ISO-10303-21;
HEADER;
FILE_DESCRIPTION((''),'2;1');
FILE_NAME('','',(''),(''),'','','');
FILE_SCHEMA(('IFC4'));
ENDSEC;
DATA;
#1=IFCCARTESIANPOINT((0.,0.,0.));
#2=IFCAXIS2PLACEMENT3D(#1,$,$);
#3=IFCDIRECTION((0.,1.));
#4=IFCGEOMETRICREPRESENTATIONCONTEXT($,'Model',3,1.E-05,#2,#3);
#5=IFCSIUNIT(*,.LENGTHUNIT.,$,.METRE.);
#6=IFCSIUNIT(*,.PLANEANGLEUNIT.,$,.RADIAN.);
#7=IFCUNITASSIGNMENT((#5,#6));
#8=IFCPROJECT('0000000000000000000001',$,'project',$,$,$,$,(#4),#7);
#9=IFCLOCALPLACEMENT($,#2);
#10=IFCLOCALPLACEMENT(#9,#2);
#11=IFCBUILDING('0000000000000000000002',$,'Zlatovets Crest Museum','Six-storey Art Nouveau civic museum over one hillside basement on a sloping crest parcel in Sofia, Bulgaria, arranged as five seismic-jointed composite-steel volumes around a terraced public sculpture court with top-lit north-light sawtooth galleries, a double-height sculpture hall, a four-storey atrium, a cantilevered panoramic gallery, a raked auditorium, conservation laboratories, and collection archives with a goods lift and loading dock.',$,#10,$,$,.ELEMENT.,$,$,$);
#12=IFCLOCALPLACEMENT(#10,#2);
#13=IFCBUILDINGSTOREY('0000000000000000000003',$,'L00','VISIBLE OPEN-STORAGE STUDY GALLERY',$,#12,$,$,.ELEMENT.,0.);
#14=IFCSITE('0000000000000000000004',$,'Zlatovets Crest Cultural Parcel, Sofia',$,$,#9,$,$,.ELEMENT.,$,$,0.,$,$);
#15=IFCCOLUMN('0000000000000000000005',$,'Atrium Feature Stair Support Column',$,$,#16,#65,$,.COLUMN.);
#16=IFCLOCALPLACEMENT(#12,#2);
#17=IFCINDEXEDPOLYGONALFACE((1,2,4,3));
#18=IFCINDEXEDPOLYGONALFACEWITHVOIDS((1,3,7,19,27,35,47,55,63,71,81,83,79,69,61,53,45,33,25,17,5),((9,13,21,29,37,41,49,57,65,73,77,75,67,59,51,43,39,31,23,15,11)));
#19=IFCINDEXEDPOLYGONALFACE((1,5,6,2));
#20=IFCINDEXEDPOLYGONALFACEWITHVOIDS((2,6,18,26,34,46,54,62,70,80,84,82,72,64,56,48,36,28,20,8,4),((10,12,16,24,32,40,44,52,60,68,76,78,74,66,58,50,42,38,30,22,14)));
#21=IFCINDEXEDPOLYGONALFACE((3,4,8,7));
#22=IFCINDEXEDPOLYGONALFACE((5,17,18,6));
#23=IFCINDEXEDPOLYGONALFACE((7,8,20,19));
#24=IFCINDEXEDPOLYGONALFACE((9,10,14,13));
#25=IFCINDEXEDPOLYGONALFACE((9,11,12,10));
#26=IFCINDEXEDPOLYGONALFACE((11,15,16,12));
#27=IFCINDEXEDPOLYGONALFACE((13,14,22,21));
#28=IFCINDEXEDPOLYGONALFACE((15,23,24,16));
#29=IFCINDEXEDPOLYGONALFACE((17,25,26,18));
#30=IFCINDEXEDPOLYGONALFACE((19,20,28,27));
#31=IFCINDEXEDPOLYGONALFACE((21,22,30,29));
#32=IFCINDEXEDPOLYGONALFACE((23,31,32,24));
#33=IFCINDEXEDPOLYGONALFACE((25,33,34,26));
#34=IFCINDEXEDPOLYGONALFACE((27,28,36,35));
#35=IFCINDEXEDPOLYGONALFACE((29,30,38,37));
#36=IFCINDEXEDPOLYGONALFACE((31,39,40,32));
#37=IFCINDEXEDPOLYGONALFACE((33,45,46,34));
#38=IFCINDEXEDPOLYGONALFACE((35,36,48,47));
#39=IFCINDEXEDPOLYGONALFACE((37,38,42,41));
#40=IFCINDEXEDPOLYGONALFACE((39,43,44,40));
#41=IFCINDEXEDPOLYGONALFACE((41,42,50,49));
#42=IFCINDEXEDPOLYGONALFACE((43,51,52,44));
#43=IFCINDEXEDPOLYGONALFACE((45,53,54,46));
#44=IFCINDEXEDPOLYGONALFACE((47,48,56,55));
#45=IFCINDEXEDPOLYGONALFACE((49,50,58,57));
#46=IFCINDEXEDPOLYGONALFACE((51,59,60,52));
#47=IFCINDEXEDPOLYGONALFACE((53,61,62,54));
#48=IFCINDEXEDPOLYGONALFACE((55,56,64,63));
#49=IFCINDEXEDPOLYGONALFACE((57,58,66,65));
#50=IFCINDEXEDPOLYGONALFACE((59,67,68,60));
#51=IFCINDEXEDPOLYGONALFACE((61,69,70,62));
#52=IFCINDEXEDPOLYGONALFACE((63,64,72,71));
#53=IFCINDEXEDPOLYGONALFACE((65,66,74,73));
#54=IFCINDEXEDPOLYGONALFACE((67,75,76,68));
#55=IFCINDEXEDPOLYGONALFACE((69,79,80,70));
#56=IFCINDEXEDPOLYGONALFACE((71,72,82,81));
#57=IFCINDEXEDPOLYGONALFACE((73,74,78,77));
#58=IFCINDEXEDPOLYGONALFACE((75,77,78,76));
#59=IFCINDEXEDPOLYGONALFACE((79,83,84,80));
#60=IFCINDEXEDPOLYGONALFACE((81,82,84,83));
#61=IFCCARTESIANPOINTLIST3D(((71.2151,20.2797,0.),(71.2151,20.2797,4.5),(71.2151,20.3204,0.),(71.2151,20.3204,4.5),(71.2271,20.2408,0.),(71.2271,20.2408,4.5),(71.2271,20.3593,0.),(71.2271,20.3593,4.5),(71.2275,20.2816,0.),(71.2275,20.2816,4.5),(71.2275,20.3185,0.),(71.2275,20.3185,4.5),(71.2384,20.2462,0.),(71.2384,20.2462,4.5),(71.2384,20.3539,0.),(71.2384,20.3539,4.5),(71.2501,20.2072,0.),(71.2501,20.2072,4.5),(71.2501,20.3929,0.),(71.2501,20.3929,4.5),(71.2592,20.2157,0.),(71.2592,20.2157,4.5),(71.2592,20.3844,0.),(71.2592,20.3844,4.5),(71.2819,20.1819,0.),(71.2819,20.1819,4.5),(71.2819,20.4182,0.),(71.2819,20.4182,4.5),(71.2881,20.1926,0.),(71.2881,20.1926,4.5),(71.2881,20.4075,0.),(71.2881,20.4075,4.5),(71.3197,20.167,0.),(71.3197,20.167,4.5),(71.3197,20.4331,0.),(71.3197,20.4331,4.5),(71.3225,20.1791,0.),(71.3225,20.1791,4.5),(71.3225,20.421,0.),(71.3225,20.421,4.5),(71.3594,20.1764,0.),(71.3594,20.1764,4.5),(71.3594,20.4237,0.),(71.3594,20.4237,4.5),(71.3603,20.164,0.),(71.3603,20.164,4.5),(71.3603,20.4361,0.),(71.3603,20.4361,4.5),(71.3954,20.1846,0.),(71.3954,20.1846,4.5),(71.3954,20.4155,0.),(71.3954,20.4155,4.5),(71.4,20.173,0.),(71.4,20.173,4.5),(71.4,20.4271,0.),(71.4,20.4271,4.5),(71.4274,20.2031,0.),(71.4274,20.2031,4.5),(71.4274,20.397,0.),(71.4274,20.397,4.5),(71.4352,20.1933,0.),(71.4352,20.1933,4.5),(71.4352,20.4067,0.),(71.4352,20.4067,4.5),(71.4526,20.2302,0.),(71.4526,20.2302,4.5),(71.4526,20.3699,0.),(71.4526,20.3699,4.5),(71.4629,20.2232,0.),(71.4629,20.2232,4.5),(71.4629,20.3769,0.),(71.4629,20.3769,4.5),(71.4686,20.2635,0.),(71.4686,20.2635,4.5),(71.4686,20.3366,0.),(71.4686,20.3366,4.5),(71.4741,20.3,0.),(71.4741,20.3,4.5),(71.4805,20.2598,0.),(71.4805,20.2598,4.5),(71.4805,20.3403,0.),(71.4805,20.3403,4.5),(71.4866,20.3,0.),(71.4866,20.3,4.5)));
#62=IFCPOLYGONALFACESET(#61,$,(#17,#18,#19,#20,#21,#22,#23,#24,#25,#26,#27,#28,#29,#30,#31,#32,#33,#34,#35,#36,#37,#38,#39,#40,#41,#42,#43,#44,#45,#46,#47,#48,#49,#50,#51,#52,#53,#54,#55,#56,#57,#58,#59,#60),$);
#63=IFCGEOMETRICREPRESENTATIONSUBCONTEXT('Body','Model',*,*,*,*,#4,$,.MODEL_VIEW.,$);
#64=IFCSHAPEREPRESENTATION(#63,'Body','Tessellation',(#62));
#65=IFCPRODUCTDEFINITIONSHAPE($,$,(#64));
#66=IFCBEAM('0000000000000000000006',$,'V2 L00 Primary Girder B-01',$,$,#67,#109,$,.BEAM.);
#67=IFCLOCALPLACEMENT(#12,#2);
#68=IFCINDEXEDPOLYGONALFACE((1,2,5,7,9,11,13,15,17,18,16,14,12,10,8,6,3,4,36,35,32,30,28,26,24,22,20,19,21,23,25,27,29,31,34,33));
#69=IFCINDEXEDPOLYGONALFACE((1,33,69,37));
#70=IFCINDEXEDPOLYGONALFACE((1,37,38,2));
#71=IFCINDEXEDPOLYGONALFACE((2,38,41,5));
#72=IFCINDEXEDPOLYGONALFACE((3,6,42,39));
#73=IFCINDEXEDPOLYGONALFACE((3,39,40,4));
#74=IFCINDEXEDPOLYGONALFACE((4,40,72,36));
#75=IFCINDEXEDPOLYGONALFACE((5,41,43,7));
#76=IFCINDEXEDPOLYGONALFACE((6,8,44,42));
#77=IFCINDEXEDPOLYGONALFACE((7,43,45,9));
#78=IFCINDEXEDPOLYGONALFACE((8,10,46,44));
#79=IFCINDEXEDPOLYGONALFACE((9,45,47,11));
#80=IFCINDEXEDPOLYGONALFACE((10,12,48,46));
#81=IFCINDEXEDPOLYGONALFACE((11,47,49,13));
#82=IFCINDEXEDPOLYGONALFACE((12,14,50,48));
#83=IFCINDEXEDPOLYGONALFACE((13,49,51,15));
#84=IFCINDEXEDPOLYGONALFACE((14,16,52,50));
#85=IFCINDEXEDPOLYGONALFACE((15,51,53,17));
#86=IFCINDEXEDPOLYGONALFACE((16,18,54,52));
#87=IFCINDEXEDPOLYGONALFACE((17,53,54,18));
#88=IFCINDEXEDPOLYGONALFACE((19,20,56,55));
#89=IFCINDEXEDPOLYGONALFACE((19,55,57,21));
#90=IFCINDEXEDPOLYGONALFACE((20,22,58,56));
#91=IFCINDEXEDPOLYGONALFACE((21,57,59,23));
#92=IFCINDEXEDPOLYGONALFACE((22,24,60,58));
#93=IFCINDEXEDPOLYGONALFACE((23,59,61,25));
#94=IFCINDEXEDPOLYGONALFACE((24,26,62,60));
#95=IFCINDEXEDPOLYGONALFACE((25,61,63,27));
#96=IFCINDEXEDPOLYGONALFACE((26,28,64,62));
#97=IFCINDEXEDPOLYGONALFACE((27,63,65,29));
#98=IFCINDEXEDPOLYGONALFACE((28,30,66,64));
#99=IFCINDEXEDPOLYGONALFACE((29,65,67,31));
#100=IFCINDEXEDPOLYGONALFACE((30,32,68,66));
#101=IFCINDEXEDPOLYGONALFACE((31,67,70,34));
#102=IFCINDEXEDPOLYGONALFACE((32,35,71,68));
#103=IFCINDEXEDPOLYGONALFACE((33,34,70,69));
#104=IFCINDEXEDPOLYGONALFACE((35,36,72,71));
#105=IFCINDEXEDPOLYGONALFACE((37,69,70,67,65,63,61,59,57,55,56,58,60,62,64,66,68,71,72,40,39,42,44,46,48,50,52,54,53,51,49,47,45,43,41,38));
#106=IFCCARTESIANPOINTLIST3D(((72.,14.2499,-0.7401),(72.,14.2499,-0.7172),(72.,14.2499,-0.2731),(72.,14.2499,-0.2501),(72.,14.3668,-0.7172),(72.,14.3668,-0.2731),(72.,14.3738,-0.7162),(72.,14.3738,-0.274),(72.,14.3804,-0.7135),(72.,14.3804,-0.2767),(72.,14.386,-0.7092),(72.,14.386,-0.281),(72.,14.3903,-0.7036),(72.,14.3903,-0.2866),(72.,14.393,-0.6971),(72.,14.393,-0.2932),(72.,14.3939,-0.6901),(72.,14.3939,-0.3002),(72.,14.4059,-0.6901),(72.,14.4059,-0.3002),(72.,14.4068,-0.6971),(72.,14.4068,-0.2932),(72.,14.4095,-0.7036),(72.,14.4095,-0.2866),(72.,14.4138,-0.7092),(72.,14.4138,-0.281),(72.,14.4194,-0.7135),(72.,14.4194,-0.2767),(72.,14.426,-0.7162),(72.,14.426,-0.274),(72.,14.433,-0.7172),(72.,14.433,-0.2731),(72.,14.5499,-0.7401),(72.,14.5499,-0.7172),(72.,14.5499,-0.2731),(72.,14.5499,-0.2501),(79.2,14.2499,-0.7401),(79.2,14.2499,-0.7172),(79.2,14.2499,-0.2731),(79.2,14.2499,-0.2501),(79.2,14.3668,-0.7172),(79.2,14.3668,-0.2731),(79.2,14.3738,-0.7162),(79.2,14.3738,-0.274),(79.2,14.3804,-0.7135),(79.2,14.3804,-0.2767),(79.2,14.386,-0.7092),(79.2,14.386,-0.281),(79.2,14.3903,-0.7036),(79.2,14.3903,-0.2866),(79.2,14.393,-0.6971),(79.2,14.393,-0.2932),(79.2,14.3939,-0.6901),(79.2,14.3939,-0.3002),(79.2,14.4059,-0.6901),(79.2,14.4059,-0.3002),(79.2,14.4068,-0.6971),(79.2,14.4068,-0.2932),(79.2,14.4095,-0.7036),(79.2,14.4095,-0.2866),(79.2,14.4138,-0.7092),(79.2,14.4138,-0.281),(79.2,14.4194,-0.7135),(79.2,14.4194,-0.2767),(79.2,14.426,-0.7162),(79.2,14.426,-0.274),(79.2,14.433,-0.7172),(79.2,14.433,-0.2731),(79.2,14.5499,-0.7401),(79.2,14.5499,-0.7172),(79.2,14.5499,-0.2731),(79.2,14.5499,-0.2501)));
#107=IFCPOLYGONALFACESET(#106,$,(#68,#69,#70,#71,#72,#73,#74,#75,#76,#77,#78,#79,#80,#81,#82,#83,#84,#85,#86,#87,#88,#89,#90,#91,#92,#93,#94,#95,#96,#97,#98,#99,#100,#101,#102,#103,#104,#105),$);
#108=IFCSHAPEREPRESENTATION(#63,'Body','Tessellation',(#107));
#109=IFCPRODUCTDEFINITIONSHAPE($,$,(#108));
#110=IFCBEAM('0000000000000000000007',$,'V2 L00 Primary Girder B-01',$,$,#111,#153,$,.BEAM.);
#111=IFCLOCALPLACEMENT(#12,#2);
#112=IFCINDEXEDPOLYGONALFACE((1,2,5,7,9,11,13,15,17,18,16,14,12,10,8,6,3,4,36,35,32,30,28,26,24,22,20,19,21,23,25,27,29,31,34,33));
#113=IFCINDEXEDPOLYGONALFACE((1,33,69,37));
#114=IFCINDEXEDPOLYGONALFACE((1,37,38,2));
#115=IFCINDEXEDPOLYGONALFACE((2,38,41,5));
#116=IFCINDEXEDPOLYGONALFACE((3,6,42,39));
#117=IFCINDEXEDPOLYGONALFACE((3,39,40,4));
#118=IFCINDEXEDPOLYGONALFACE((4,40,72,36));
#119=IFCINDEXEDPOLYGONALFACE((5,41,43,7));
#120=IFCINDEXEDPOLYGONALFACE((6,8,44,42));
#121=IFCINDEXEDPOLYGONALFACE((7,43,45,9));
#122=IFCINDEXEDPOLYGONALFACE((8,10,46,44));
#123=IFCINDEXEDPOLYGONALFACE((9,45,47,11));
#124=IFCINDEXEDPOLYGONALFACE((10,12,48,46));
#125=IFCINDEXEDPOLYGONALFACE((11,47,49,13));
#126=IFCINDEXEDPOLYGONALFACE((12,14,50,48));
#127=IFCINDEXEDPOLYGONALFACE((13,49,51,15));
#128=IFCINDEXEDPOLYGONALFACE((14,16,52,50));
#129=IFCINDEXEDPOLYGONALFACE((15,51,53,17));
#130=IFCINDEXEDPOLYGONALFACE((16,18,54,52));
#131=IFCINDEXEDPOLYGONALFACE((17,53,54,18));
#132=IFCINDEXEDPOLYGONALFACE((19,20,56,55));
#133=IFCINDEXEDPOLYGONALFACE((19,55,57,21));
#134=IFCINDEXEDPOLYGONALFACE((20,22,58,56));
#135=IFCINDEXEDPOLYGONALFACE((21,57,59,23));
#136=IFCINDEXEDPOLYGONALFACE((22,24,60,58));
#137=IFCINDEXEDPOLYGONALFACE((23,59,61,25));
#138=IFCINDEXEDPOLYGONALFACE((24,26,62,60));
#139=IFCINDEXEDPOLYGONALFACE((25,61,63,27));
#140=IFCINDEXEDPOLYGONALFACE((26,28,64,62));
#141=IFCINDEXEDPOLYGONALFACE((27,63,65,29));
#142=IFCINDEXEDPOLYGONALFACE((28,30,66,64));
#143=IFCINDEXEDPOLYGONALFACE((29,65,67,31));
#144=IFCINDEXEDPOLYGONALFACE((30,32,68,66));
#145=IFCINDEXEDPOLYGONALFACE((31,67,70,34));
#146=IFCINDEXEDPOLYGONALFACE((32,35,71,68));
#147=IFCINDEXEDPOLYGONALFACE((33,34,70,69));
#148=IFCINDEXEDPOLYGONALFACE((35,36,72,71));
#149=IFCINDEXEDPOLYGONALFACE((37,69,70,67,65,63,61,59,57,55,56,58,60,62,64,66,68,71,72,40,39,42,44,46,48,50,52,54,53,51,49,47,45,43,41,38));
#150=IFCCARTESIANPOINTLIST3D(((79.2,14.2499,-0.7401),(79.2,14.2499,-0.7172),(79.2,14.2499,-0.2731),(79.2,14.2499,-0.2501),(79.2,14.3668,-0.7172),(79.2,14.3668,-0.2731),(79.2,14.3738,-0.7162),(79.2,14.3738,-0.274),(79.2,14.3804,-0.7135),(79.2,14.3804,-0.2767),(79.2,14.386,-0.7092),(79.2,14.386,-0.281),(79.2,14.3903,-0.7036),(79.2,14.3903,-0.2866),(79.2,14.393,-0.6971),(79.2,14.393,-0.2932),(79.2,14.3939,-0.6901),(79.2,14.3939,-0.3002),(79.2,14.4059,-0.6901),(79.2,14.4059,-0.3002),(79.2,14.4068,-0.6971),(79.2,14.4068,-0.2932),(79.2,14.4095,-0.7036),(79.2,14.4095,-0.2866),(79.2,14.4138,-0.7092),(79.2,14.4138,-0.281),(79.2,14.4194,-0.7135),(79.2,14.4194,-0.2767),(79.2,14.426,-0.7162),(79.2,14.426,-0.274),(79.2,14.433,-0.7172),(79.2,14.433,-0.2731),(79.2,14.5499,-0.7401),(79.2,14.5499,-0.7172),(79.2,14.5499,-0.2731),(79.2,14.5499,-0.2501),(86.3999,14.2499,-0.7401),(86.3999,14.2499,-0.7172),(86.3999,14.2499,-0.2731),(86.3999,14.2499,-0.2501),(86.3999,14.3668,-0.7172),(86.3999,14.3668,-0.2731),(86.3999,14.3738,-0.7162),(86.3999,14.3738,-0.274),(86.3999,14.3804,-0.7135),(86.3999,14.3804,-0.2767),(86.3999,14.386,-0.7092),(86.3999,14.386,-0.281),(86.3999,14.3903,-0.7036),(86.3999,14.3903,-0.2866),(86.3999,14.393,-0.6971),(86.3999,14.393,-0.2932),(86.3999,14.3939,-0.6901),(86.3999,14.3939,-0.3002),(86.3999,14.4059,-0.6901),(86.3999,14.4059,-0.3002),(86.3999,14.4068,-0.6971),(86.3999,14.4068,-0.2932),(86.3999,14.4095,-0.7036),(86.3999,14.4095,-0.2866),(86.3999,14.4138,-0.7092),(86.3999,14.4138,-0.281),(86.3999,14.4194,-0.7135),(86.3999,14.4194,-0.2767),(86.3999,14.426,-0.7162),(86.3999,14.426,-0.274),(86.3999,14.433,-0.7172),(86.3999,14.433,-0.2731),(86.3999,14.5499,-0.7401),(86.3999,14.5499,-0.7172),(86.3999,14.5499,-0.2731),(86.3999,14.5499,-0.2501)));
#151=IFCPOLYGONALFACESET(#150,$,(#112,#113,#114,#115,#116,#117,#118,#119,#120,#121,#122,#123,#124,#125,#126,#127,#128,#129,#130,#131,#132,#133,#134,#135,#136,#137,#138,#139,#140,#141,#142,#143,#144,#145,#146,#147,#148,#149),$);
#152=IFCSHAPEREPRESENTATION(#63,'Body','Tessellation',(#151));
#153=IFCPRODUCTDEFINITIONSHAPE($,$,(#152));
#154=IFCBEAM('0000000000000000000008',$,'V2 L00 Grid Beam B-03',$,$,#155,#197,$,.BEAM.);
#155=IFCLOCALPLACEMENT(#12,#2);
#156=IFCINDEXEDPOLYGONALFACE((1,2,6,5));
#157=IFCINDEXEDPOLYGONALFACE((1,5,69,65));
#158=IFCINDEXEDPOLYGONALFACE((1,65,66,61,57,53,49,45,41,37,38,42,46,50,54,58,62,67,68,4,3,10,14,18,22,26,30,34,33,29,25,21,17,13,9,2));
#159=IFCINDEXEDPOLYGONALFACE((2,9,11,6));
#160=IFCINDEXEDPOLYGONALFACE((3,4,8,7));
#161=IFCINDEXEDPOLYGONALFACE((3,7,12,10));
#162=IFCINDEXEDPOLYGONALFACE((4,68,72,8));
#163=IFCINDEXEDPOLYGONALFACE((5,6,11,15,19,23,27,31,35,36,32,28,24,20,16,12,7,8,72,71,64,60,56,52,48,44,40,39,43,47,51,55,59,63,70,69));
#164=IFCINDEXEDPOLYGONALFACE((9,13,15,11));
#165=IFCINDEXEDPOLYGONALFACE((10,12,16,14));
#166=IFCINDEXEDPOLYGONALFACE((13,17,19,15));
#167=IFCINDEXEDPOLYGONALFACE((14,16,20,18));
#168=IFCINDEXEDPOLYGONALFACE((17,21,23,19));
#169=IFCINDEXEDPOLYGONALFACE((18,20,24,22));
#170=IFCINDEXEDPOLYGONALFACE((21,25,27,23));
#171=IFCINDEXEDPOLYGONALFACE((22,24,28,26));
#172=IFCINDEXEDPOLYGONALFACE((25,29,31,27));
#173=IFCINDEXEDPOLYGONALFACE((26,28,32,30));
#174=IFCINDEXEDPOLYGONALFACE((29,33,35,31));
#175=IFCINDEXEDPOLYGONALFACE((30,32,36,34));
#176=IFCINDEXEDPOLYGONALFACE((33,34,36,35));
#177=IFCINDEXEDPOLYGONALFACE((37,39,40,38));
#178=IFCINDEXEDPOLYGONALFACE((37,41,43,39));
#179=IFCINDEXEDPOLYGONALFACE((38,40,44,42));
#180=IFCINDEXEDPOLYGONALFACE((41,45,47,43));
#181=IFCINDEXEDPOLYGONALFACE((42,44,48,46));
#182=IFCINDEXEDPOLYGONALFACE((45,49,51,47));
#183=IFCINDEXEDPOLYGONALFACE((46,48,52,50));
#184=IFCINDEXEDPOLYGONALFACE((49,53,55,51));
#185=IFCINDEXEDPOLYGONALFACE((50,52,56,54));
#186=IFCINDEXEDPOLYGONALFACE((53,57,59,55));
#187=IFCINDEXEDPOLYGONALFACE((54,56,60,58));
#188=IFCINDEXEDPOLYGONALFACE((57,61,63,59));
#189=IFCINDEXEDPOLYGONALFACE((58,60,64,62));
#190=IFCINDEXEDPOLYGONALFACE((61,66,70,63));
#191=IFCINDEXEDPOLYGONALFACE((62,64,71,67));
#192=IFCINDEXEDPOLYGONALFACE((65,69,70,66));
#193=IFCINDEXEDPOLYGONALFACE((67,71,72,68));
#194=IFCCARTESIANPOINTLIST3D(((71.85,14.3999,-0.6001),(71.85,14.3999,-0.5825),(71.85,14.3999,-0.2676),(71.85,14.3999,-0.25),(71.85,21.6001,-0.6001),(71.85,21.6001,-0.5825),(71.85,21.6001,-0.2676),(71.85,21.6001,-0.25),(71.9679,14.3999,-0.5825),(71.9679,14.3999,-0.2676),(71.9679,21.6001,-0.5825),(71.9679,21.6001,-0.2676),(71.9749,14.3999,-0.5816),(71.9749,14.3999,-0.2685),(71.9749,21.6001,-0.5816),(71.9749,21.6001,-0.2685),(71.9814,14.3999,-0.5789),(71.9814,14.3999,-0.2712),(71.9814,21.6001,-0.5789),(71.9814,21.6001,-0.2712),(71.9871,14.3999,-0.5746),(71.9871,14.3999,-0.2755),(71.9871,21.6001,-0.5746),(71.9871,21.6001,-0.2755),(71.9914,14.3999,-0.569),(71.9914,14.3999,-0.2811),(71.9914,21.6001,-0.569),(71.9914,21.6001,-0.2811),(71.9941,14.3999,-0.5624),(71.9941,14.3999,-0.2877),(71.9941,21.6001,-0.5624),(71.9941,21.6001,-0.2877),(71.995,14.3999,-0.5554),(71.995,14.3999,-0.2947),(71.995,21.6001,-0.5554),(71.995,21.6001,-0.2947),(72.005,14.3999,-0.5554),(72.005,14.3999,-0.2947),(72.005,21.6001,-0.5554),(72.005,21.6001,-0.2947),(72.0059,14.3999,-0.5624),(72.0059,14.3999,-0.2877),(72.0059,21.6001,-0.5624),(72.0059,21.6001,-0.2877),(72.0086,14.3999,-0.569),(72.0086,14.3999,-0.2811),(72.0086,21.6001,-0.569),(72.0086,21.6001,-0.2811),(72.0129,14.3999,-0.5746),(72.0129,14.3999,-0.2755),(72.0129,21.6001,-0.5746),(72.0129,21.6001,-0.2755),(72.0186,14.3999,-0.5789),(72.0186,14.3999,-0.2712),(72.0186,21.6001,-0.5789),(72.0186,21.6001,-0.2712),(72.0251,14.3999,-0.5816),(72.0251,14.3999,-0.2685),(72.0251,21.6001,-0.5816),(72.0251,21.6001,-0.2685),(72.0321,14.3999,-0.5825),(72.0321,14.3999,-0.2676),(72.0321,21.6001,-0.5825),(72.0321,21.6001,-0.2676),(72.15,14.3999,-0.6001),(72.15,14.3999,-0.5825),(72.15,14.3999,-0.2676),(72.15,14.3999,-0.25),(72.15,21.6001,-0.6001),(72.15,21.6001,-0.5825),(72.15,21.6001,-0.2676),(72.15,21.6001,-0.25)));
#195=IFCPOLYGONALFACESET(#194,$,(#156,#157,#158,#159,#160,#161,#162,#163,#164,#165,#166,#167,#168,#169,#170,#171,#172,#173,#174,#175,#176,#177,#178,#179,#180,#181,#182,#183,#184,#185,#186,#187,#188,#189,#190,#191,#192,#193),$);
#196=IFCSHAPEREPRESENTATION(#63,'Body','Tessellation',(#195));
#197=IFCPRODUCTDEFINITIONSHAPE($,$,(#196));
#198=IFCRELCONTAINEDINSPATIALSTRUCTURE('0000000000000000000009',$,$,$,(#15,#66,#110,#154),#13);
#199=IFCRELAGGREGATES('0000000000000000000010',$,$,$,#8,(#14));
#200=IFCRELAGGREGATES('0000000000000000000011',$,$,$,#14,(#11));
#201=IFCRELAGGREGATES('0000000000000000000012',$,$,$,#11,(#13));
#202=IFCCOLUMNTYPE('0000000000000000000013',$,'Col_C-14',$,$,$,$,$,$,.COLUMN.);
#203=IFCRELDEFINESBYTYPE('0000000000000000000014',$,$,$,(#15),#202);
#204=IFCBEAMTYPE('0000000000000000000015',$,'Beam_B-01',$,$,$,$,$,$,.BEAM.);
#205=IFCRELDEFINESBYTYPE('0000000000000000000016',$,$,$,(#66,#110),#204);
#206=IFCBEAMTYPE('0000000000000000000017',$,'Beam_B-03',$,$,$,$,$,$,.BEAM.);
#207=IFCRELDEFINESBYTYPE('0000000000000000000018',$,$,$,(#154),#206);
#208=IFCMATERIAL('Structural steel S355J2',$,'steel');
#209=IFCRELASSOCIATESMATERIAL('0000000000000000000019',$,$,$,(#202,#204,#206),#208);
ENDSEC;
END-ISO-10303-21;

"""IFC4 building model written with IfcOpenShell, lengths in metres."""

from ifc_helpers import new_model, si_unit, direction, frame, origin, origin_2d, place, context, subcontext, project, spatial, hollow_circle, i_section, extrude, material, material_profile, profile_set, type_object, element, save


model = new_model("IFC4")

# Units and contexts
model_context = context("Model", 3, precision=1e-05, world=origin(), true_north=direction((0.0, 1.0)))
body_context = subcontext(model_context, "Body", "Model", "MODEL_VIEW")
ifc_project = project(units=[si_unit("LENGTHUNIT", "METRE"), si_unit("PLANEANGLEUNIT", "RADIAN")], contexts=[model_context])

# Site, building, storey
site_placement = place(None, origin())
site = spatial("IfcSite", under=ifc_project, at=site_placement, Name="Zlatovets Crest Cultural Parcel, Sofia", CompositionType="ELEMENT", RefElevation=0.0)
building_placement = place(site_placement, origin())
building = spatial("IfcBuilding", under=site, at=building_placement, Name="Zlatovets Crest Museum", Description="Six-storey Art Nouveau civic museum over one hillside basement on a sloping crest parcel in Sofia, Bulgaria, arranged as five seismic-jointed composite-steel volumes around a terraced public sculpture court with top-lit north-light sawtooth galleries, a double-height sculpture hall, a four-storey atrium, a cantilevered panoramic gallery, a raked auditorium, conservation laboratories, and collection archives with a goods lift and loading dock.", CompositionType="ELEMENT")
storey_placement = place(building_placement, origin())
storey = spatial("IfcBuildingStorey", under=building, at=storey_placement, Name="L00", Description="VISIBLE OPEN-STORAGE STUDY GALLERY", CompositionType="ELEMENT", Elevation=0.0)

# Column
ifc_material_1 = material(Name="Structural steel S355J2", Category="steel")
ifc_material_profile_1 = material_profile(ifc_material_1, hollow_circle(Radius=0.1365, WallThickness=0.0125, at=origin_2d()), Name="CHS 273.0x12.5")
ifc_profile_set_1 = profile_set([ifc_material_profile_1], Name="Structural steel S355J2")
column_type_1 = type_object("IfcColumnType", Name="Col_C-14", PredefinedType="COLUMN", material=ifc_profile_set_1)
for number, where, z_axis, x_axis, name in (
    (1, (71.3501, 20.3, 0.0), (0.0, 0.0, 1.0), (1.0, 0.0, 0.0), "Atrium Feature Stair Support Column"),
):
    element("IfcColumn", number, at=place(storey_placement, frame(where, z_axis=z_axis, x_axis=x_axis)), inside=storey, type_object=column_type_1, Name=name, PredefinedType="COLUMN", context=body_context, shape_type="SweptSolid", body=[
        extrude(hollow_circle(Radius=0.1365, WallThickness=0.0125, at=origin_2d()), origin(), (0.0, 0.0, 1.0), 4.5),
    ])

# Beams
ifc_material_profile_2 = material_profile(ifc_material_1, i_section(OverallWidth=0.3, OverallDepth=0.49, WebThickness=0.012, FlangeThickness=0.0229, FilletRadius=0.0271, at=origin_2d()), Name="HEA 500")
ifc_profile_set_2 = profile_set([ifc_material_profile_2], Name="Structural steel S355J2")
beam_type_1 = type_object("IfcBeamType", Name="Beam_B-01", PredefinedType="BEAM", material=ifc_profile_set_2)
for number, where, z_axis, x_axis, name in (
    (2, (72.0, 14.3999, -0.4951), (1.0, 0.0, 0.0), (0.0, 1.0, 0.0), "V2 L00 Primary Girder B-01"),
    (3, (79.2, 14.3999, -0.4951), (1.0, 0.0, 0.0), (0.0, 1.0, 0.0), "V2 L00 Primary Girder B-01"),
):
    element("IfcBeam", number, at=place(storey_placement, frame(where, z_axis=z_axis, x_axis=x_axis)), inside=storey, type_object=beam_type_1, Name=name, PredefinedType="BEAM", context=body_context, shape_type="SweptSolid", body=[
        extrude(i_section(OverallWidth=0.3, OverallDepth=0.49, WebThickness=0.012, FlangeThickness=0.0229, FilletRadius=0.0271, at=origin_2d()), origin(), (0.0, 0.0, 1.0), 7.2),
    ])
ifc_material_profile_3 = material_profile(ifc_material_1, i_section(OverallWidth=0.3, OverallDepth=0.3501, WebThickness=0.01, FlangeThickness=0.0176, FilletRadius=0.0271, at=origin_2d()), Name="HEA 360")
ifc_profile_set_3 = profile_set([ifc_material_profile_3], Name="Structural steel S355J2")
beam_type_2 = type_object("IfcBeamType", Name="Beam_B-03", PredefinedType="BEAM", material=ifc_profile_set_3)
for number, where, z_axis, x_axis, name in (
    (4, (72.0, 14.3999, -0.425), (0.0, 1.0, 0.0), (-1.0, 0.0, 0.0), "V2 L00 Grid Beam B-03"),
):
    element("IfcBeam", number, at=place(storey_placement, frame(where, z_axis=z_axis, x_axis=x_axis)), inside=storey, type_object=beam_type_2, Name=name, PredefinedType="BEAM", context=body_context, shape_type="SweptSolid", body=[
        extrude(i_section(OverallWidth=0.3, OverallDepth=0.3501, WebThickness=0.01, FlangeThickness=0.0176, FilletRadius=0.0271, at=origin_2d()), origin(), (0.0, 0.0, 1.0), 7.2002),
    ])

save(model, "model.ifc")
